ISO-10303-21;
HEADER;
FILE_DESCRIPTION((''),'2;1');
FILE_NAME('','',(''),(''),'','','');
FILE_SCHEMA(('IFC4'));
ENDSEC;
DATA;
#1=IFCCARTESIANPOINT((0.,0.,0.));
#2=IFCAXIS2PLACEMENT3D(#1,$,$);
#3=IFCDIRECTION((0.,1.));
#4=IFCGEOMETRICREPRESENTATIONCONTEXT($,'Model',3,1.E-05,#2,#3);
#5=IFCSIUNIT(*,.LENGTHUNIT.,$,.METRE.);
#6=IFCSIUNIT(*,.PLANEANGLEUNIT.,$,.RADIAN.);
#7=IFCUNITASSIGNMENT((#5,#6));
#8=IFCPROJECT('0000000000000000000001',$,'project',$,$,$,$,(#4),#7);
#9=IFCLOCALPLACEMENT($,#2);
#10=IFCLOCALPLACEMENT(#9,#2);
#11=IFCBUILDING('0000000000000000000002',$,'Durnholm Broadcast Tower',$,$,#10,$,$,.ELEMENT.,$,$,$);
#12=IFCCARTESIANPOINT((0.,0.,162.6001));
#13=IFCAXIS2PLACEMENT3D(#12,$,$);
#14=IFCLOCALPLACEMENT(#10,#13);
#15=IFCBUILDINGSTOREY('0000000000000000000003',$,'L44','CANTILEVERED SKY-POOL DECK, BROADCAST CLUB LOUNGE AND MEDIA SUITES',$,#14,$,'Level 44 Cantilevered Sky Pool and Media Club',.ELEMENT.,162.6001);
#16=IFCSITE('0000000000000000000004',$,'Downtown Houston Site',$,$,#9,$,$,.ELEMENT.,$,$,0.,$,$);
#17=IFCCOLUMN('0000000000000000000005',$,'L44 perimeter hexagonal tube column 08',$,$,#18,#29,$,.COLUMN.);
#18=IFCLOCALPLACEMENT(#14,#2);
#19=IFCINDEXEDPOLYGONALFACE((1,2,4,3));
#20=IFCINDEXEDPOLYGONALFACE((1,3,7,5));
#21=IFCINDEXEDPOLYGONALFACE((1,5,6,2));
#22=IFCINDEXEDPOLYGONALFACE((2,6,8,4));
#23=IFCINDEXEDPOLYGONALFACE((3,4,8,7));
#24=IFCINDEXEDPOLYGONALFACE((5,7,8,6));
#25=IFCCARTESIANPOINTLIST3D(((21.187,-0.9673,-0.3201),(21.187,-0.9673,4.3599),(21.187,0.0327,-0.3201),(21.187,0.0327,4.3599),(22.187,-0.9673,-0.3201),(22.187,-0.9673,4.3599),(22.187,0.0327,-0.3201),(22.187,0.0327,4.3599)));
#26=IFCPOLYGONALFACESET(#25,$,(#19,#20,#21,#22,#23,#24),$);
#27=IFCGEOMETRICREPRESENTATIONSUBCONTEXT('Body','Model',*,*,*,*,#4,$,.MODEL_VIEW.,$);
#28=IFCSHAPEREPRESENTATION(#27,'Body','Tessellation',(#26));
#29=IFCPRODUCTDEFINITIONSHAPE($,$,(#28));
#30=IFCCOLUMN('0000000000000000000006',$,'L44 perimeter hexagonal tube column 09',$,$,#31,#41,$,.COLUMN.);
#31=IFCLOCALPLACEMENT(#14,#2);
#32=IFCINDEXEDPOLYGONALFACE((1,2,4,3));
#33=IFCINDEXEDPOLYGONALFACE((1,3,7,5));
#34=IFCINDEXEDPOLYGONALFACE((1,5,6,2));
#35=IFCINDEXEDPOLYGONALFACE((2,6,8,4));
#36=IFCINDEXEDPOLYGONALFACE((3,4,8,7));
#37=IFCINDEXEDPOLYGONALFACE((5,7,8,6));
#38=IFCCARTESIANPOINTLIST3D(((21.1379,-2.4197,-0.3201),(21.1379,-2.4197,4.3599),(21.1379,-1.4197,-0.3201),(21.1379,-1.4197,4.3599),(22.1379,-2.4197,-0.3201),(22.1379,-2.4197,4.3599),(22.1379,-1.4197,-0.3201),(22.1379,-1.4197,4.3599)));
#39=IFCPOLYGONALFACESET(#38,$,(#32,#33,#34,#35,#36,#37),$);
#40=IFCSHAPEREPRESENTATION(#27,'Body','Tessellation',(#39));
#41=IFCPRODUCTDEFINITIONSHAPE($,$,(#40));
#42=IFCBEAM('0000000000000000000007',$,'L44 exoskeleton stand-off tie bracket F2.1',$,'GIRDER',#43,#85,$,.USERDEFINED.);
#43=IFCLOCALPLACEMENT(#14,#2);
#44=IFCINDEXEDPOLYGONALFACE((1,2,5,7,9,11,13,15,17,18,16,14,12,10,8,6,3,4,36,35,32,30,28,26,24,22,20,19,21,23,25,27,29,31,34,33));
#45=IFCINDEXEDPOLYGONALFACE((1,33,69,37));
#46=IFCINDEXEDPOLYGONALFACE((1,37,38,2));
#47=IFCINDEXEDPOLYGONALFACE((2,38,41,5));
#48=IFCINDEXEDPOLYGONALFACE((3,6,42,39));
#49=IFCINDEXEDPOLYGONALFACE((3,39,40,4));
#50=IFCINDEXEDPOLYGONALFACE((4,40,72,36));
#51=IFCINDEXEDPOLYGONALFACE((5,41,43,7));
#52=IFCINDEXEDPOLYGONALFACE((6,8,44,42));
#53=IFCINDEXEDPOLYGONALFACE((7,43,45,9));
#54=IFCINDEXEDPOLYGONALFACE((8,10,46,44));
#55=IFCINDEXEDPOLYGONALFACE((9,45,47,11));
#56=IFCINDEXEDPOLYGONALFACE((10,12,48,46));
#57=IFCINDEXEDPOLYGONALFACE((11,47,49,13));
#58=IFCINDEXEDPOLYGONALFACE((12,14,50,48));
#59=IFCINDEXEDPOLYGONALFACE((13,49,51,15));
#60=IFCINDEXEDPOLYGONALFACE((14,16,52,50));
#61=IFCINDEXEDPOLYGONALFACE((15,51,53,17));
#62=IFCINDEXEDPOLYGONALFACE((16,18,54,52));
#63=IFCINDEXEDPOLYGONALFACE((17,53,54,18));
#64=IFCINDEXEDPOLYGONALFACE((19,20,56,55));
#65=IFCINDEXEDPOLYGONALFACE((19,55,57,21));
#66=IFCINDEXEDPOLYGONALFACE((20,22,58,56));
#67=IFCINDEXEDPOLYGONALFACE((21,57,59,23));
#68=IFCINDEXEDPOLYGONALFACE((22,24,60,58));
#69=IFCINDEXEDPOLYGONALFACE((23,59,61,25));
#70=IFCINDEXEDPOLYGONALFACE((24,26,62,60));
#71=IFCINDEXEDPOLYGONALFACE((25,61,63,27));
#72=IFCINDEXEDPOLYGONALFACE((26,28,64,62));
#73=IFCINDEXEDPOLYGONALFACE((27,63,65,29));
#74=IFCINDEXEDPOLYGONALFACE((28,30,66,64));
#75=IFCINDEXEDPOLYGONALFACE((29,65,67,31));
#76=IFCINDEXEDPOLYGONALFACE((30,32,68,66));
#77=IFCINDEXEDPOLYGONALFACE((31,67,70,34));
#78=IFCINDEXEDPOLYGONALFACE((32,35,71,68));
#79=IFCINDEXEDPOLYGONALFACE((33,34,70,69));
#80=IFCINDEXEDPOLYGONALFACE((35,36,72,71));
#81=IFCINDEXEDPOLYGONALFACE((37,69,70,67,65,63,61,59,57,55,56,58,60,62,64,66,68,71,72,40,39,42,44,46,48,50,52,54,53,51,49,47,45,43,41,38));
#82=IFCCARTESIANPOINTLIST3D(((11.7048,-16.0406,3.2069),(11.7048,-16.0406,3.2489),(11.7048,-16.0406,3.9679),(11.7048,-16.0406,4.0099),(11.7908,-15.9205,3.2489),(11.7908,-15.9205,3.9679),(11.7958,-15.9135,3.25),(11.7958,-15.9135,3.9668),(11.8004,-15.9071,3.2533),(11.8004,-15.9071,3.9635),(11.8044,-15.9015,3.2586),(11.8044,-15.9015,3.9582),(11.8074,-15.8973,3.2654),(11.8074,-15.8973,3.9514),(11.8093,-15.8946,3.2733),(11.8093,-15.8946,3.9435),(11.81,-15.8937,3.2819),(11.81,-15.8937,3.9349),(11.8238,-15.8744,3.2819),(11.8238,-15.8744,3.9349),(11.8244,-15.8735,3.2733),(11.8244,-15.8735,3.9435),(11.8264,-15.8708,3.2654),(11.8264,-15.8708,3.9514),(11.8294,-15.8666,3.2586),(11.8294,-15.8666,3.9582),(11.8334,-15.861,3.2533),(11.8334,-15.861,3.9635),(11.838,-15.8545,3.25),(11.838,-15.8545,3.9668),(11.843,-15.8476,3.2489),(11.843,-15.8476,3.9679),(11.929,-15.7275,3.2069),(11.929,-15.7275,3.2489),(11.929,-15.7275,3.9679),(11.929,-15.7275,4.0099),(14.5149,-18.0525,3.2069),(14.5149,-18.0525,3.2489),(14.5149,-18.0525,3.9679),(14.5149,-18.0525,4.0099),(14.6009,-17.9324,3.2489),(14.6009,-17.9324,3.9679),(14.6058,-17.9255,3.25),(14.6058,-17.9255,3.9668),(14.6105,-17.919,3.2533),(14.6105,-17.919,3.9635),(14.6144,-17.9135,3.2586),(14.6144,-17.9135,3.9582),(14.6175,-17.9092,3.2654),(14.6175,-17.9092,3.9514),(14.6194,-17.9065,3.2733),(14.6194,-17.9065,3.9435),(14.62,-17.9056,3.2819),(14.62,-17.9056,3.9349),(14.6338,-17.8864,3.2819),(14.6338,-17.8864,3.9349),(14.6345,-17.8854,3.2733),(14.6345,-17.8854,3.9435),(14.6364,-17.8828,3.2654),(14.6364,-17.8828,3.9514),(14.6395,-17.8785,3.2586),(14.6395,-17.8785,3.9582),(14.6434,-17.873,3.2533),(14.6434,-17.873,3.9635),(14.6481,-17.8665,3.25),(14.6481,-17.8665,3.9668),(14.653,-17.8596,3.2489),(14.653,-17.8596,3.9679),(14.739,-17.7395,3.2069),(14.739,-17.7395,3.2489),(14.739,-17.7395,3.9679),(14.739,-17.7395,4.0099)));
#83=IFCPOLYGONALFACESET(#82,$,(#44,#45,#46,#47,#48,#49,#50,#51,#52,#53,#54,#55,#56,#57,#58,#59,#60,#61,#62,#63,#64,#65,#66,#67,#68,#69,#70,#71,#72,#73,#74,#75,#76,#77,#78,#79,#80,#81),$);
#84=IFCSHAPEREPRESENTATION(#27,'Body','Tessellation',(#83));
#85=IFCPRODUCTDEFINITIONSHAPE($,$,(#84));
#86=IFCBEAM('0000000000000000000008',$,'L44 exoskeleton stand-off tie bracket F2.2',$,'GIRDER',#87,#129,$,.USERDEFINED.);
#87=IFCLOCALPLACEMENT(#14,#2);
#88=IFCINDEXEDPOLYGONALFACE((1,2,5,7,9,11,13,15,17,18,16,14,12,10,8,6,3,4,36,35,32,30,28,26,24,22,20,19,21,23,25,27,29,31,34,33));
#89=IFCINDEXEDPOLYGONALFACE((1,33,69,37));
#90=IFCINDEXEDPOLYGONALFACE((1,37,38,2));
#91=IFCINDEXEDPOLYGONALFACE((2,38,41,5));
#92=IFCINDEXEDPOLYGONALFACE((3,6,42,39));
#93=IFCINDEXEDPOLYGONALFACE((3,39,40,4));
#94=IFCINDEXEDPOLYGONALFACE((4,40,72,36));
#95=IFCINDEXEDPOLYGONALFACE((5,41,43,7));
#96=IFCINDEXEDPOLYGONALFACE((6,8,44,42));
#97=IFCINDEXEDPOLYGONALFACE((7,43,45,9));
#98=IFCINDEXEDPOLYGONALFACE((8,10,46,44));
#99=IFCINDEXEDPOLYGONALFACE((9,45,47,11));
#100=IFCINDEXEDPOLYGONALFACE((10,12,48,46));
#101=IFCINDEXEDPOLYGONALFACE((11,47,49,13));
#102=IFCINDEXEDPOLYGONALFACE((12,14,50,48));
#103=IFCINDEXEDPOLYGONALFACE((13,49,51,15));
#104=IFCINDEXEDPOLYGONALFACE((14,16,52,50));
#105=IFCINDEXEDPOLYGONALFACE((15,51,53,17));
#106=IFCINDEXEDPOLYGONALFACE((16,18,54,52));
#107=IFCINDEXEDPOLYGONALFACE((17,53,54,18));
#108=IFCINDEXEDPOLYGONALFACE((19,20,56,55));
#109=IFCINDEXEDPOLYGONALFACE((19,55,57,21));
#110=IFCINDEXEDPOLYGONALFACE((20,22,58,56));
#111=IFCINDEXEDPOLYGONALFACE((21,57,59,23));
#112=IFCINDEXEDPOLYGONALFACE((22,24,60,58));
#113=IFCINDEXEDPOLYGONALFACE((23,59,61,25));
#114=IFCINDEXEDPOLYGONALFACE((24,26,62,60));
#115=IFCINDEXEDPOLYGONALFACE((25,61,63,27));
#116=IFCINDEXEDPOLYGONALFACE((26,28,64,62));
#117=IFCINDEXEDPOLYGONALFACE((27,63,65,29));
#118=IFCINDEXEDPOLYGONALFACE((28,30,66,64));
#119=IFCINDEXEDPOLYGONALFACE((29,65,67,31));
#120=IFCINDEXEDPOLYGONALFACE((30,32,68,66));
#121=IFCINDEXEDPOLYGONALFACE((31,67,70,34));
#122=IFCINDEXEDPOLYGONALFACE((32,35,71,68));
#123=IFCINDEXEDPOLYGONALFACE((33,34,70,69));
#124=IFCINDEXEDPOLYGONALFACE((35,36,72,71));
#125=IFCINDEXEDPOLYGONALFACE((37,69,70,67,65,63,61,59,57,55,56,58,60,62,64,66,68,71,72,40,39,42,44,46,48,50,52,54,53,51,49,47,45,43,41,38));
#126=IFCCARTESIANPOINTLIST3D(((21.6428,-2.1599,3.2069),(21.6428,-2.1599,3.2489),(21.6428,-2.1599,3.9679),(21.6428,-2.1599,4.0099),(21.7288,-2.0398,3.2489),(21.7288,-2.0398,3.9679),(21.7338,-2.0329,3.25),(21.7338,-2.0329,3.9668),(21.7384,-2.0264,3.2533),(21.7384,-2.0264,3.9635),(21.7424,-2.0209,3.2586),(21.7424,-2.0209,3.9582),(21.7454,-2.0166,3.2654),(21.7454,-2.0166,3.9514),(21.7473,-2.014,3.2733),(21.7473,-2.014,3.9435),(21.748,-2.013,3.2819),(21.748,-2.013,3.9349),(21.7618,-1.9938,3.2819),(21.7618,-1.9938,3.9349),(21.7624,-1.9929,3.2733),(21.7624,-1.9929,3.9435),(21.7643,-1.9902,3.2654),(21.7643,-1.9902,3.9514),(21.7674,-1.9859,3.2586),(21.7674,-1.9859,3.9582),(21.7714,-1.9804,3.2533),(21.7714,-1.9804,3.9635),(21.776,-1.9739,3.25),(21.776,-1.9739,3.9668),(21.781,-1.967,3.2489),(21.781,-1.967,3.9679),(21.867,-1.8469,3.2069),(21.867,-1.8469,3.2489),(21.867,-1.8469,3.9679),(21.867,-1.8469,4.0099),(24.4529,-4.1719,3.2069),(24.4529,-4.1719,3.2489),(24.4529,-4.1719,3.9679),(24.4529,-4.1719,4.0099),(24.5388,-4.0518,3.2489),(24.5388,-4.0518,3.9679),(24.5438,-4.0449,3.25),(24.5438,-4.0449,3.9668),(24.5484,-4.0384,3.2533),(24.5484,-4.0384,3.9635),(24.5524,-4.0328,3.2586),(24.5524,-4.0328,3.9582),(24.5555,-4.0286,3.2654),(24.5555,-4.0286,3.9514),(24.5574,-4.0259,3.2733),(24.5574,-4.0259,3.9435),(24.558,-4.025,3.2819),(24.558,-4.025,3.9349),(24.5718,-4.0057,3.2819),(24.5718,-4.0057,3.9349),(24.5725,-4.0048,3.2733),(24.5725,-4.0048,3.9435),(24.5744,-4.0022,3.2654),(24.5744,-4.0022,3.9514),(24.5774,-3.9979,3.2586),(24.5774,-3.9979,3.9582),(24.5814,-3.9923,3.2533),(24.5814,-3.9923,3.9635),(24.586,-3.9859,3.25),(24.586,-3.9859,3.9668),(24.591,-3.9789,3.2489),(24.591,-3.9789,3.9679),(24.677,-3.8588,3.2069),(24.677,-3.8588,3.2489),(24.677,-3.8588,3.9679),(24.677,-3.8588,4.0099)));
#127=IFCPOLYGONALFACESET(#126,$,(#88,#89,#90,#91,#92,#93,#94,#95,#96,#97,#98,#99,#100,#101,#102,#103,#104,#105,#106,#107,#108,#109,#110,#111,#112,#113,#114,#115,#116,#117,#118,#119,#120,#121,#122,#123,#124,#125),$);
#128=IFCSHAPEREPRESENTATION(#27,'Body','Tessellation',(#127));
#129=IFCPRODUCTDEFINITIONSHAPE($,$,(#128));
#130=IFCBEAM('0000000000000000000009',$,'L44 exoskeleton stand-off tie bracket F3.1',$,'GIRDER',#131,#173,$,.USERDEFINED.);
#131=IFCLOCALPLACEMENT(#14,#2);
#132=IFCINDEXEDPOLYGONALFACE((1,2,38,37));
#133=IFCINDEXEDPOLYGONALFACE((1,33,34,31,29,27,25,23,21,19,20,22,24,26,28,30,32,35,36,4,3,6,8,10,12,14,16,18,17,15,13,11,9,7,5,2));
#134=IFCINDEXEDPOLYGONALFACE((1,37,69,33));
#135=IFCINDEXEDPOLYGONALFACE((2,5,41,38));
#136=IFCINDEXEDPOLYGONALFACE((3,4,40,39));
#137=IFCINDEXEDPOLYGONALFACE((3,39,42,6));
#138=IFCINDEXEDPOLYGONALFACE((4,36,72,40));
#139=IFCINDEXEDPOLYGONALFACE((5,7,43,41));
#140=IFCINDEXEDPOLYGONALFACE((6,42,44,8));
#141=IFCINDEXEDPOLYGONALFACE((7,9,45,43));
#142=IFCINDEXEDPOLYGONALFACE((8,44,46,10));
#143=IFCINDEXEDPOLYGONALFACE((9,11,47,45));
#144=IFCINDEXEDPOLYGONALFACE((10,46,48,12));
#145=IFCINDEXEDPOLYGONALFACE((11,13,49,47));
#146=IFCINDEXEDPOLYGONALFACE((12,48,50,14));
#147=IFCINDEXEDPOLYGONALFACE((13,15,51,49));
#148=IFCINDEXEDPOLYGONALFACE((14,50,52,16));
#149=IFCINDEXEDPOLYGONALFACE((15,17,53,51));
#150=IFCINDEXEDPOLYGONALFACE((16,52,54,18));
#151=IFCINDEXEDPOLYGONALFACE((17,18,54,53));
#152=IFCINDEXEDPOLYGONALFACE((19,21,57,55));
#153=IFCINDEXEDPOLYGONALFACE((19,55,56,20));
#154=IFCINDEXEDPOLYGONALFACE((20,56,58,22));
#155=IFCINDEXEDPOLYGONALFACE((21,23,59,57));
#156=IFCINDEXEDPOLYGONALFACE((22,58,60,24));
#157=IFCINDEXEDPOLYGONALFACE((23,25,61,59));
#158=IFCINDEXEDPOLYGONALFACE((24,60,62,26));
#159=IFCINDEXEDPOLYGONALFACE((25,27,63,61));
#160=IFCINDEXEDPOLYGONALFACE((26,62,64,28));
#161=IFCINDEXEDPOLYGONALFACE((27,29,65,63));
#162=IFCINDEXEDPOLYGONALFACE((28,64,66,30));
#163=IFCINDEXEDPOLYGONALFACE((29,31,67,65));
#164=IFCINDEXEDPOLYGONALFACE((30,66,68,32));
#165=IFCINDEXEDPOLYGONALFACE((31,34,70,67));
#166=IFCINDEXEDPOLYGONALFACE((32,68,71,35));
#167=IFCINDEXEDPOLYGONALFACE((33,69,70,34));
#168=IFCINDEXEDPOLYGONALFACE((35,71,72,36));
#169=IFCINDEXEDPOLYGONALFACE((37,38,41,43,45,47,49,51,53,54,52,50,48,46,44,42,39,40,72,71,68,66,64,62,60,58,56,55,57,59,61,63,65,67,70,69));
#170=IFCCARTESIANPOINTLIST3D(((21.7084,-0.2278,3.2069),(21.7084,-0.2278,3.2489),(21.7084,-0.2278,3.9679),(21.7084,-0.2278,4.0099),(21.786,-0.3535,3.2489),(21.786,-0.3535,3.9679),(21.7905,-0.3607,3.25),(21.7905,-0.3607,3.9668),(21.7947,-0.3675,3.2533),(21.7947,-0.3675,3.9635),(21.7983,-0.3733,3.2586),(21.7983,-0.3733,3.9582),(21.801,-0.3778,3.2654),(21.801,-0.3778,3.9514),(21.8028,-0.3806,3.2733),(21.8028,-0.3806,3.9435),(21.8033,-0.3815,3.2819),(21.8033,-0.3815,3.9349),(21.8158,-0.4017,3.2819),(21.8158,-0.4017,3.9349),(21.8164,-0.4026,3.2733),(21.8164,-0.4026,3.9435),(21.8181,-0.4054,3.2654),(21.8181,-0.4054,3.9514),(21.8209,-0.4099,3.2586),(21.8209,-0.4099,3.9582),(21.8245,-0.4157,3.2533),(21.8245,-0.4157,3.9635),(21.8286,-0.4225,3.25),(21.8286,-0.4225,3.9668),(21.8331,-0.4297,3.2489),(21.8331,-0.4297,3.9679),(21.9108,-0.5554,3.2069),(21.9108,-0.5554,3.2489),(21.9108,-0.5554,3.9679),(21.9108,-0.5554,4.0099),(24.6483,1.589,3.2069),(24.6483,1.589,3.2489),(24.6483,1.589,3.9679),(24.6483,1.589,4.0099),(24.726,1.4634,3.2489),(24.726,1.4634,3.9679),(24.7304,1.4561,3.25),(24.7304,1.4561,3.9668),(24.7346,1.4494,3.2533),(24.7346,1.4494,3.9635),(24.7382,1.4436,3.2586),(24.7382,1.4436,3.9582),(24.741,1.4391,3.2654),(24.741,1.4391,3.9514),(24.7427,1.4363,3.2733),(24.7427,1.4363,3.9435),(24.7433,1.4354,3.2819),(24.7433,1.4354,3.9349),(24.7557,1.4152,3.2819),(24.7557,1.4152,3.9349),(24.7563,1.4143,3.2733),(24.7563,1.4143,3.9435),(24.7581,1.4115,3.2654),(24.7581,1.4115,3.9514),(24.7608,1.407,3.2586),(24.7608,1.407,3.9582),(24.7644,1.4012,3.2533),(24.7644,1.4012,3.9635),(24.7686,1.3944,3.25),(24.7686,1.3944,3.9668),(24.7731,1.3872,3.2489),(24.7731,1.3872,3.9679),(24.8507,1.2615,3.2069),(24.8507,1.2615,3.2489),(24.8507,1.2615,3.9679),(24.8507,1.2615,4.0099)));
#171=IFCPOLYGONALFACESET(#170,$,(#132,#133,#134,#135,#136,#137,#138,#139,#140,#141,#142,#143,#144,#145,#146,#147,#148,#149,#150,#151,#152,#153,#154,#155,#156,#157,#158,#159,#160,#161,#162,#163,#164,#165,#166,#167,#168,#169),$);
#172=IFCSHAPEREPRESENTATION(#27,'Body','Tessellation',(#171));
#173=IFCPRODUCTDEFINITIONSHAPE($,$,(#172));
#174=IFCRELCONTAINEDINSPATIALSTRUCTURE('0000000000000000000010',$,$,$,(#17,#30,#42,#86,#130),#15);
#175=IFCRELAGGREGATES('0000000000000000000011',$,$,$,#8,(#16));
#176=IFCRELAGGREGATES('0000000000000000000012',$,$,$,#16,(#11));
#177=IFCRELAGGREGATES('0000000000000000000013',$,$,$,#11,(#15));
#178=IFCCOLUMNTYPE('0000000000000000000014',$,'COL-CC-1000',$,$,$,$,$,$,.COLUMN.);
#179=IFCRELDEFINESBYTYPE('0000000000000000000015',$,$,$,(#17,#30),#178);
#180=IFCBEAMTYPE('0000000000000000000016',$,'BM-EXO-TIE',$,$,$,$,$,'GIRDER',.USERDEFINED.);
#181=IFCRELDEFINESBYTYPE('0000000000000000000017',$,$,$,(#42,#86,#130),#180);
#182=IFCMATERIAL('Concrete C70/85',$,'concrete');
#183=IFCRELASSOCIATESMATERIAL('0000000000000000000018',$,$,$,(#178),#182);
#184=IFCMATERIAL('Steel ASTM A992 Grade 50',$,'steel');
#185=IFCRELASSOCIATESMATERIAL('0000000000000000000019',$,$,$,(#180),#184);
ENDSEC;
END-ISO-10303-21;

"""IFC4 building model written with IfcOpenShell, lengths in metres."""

from ifc_helpers import new_model, si_unit, direction, frame, origin, origin_2d, place, context, subcontext, project, spatial, rectangle, i_section, extrude, source, transform, mapped, material, material_profile, profile_set, type_object, type_shapes, element, save


model = new_model("IFC4")

# Units and contexts
model_context = context("Model", 3, precision=1e-05, world=origin(), true_north=direction((0.0, 1.0)))
body_context = subcontext(model_context, "Body", "Model", "MODEL_VIEW")
ifc_project = project(units=[si_unit("LENGTHUNIT", "METRE"), si_unit("PLANEANGLEUNIT", "RADIAN")], contexts=[model_context])

# Site, building, storey
site_placement = place(None, origin())
site = spatial("IfcSite", under=ifc_project, at=site_placement, Name="Downtown Houston Site", CompositionType="ELEMENT", RefElevation=0.0)
building_placement = place(site_placement, origin())
building = spatial("IfcBuilding", under=site, at=building_placement, Name="Durnholm Broadcast Tower", CompositionType="ELEMENT")
storey_placement = place(building_placement, frame((0.0, 0.0, 162.6001)))
storey = spatial("IfcBuildingStorey", under=building, at=storey_placement, Name="L44", Description="CANTILEVERED SKY-POOL DECK, BROADCAST CLUB LOUNGE AND MEDIA SUITES", LongName="Level 44 Cantilevered Sky Pool and Media Club", CompositionType="ELEMENT", Elevation=162.6001)

# Columns
ifc_material_1 = material(Name="Concrete C70/85", Category="concrete")
ifc_material_profile_1 = material_profile(ifc_material_1, rectangle(XDim=1.0, YDim=1.0, at=origin_2d()), Name="RC1000X1000")
ifc_profile_set_1 = profile_set([ifc_material_profile_1], Name="Concrete C70/85")
column_type = type_object("IfcColumnType", Name="COL-CC-1000", PredefinedType="COLUMN", material=ifc_profile_set_1)
shared_shape_1 = source(origin(), body_context, "Body", "SweptSolid", [
    extrude(rectangle(XDim=1.0, YDim=1.0, at=origin_2d()), origin(), (0.0, 0.0, 1.0), 4.6799),
])
type_shapes(column_type, [shared_shape_1])
for number, where, z_axis, x_axis, name in (
    (1, (21.687, -0.4673, -0.3201), (0.0, 0.0, 1.0), (1.0, 0.0, 0.0), "L44 perimeter hexagonal tube column 08"),
    (2, (21.6379, -1.9197, -0.3201), (0.0, 0.0, 1.0), (1.0, 0.0, 0.0), "L44 perimeter hexagonal tube column 09"),
):
    element("IfcColumn", number, at=place(storey_placement, frame(where, z_axis=z_axis, x_axis=x_axis)), inside=storey, type_object=column_type, Name=name, PredefinedType="COLUMN", context=body_context, shape_type="MappedRepresentation", body=[
        mapped(shared_shape_1, transform((0.0, 0.0, 0.0), x_axis=(1.0, 0.0, 0.0), y_axis=(0.0, 1.0, 0.0), z_axis=(0.0, 0.0, 1.0), scale=1.0)),
    ])

# Beams
ifc_material_2 = material(Name="Steel ASTM A992 Grade 50", Category="steel")
ifc_material_profile_2 = material_profile(ifc_material_2, i_section(OverallWidth=0.385, OverallDepth=0.803, WebThickness=0.0237, FlangeThickness=0.042, FilletRadius=0.033, at=origin_2d()), Name="W30X261")
ifc_profile_set_2 = profile_set([ifc_material_profile_2], Name="Steel ASTM A992 Grade 50")
beam_type_1 = type_object("IfcBeamType", Name="BM-EXO-TIE", ElementType="GIRDER", PredefinedType="USERDEFINED", material=ifc_profile_set_2)
shared_shape_2 = source(origin(), body_context, "Body", "SweptSolid", [
    extrude(i_section(OverallWidth=0.385, OverallDepth=0.803, WebThickness=0.0237, FlangeThickness=0.042, FilletRadius=0.033, at=origin_2d()), origin(), (0.0, 0.0, 1.0), 3.4561),
])
for number, where, z_axis, x_axis, name in (
    (3, (11.8169, -15.884, 3.6084), (0.813079, -0.582153, 0.0), (0.582153, 0.813079, 0.0), "L44 exoskeleton stand-off tie bracket F2.1"),
    (4, (21.7549, -2.0034, 3.6084), (0.813079, -0.582153, 0.0), (0.582153, 0.813079, 0.0), "L44 exoskeleton stand-off tie bracket F2.2"),
    (5, (21.8096, -0.3916, 3.6084), (0.850662, 0.525712, 0.0), (-0.525712, 0.850662, 0.0), "L44 exoskeleton stand-off tie bracket F3.1"),
):
    element("IfcBeam", number, at=place(storey_placement, frame(where, z_axis=z_axis, x_axis=x_axis)), inside=storey, type_object=beam_type_1, Name=name, ObjectType="GIRDER", PredefinedType="USERDEFINED", context=body_context, shape_type="MappedRepresentation", body=[
        mapped(shared_shape_2, transform((0.0, 0.0, 0.0), x_axis=(1.0, 0.0, 0.0), y_axis=(0.0, 1.0, 0.0), z_axis=(0.0, 0.0, 1.0), scale=1.0)),
    ])

save(model, "model.ifc")
